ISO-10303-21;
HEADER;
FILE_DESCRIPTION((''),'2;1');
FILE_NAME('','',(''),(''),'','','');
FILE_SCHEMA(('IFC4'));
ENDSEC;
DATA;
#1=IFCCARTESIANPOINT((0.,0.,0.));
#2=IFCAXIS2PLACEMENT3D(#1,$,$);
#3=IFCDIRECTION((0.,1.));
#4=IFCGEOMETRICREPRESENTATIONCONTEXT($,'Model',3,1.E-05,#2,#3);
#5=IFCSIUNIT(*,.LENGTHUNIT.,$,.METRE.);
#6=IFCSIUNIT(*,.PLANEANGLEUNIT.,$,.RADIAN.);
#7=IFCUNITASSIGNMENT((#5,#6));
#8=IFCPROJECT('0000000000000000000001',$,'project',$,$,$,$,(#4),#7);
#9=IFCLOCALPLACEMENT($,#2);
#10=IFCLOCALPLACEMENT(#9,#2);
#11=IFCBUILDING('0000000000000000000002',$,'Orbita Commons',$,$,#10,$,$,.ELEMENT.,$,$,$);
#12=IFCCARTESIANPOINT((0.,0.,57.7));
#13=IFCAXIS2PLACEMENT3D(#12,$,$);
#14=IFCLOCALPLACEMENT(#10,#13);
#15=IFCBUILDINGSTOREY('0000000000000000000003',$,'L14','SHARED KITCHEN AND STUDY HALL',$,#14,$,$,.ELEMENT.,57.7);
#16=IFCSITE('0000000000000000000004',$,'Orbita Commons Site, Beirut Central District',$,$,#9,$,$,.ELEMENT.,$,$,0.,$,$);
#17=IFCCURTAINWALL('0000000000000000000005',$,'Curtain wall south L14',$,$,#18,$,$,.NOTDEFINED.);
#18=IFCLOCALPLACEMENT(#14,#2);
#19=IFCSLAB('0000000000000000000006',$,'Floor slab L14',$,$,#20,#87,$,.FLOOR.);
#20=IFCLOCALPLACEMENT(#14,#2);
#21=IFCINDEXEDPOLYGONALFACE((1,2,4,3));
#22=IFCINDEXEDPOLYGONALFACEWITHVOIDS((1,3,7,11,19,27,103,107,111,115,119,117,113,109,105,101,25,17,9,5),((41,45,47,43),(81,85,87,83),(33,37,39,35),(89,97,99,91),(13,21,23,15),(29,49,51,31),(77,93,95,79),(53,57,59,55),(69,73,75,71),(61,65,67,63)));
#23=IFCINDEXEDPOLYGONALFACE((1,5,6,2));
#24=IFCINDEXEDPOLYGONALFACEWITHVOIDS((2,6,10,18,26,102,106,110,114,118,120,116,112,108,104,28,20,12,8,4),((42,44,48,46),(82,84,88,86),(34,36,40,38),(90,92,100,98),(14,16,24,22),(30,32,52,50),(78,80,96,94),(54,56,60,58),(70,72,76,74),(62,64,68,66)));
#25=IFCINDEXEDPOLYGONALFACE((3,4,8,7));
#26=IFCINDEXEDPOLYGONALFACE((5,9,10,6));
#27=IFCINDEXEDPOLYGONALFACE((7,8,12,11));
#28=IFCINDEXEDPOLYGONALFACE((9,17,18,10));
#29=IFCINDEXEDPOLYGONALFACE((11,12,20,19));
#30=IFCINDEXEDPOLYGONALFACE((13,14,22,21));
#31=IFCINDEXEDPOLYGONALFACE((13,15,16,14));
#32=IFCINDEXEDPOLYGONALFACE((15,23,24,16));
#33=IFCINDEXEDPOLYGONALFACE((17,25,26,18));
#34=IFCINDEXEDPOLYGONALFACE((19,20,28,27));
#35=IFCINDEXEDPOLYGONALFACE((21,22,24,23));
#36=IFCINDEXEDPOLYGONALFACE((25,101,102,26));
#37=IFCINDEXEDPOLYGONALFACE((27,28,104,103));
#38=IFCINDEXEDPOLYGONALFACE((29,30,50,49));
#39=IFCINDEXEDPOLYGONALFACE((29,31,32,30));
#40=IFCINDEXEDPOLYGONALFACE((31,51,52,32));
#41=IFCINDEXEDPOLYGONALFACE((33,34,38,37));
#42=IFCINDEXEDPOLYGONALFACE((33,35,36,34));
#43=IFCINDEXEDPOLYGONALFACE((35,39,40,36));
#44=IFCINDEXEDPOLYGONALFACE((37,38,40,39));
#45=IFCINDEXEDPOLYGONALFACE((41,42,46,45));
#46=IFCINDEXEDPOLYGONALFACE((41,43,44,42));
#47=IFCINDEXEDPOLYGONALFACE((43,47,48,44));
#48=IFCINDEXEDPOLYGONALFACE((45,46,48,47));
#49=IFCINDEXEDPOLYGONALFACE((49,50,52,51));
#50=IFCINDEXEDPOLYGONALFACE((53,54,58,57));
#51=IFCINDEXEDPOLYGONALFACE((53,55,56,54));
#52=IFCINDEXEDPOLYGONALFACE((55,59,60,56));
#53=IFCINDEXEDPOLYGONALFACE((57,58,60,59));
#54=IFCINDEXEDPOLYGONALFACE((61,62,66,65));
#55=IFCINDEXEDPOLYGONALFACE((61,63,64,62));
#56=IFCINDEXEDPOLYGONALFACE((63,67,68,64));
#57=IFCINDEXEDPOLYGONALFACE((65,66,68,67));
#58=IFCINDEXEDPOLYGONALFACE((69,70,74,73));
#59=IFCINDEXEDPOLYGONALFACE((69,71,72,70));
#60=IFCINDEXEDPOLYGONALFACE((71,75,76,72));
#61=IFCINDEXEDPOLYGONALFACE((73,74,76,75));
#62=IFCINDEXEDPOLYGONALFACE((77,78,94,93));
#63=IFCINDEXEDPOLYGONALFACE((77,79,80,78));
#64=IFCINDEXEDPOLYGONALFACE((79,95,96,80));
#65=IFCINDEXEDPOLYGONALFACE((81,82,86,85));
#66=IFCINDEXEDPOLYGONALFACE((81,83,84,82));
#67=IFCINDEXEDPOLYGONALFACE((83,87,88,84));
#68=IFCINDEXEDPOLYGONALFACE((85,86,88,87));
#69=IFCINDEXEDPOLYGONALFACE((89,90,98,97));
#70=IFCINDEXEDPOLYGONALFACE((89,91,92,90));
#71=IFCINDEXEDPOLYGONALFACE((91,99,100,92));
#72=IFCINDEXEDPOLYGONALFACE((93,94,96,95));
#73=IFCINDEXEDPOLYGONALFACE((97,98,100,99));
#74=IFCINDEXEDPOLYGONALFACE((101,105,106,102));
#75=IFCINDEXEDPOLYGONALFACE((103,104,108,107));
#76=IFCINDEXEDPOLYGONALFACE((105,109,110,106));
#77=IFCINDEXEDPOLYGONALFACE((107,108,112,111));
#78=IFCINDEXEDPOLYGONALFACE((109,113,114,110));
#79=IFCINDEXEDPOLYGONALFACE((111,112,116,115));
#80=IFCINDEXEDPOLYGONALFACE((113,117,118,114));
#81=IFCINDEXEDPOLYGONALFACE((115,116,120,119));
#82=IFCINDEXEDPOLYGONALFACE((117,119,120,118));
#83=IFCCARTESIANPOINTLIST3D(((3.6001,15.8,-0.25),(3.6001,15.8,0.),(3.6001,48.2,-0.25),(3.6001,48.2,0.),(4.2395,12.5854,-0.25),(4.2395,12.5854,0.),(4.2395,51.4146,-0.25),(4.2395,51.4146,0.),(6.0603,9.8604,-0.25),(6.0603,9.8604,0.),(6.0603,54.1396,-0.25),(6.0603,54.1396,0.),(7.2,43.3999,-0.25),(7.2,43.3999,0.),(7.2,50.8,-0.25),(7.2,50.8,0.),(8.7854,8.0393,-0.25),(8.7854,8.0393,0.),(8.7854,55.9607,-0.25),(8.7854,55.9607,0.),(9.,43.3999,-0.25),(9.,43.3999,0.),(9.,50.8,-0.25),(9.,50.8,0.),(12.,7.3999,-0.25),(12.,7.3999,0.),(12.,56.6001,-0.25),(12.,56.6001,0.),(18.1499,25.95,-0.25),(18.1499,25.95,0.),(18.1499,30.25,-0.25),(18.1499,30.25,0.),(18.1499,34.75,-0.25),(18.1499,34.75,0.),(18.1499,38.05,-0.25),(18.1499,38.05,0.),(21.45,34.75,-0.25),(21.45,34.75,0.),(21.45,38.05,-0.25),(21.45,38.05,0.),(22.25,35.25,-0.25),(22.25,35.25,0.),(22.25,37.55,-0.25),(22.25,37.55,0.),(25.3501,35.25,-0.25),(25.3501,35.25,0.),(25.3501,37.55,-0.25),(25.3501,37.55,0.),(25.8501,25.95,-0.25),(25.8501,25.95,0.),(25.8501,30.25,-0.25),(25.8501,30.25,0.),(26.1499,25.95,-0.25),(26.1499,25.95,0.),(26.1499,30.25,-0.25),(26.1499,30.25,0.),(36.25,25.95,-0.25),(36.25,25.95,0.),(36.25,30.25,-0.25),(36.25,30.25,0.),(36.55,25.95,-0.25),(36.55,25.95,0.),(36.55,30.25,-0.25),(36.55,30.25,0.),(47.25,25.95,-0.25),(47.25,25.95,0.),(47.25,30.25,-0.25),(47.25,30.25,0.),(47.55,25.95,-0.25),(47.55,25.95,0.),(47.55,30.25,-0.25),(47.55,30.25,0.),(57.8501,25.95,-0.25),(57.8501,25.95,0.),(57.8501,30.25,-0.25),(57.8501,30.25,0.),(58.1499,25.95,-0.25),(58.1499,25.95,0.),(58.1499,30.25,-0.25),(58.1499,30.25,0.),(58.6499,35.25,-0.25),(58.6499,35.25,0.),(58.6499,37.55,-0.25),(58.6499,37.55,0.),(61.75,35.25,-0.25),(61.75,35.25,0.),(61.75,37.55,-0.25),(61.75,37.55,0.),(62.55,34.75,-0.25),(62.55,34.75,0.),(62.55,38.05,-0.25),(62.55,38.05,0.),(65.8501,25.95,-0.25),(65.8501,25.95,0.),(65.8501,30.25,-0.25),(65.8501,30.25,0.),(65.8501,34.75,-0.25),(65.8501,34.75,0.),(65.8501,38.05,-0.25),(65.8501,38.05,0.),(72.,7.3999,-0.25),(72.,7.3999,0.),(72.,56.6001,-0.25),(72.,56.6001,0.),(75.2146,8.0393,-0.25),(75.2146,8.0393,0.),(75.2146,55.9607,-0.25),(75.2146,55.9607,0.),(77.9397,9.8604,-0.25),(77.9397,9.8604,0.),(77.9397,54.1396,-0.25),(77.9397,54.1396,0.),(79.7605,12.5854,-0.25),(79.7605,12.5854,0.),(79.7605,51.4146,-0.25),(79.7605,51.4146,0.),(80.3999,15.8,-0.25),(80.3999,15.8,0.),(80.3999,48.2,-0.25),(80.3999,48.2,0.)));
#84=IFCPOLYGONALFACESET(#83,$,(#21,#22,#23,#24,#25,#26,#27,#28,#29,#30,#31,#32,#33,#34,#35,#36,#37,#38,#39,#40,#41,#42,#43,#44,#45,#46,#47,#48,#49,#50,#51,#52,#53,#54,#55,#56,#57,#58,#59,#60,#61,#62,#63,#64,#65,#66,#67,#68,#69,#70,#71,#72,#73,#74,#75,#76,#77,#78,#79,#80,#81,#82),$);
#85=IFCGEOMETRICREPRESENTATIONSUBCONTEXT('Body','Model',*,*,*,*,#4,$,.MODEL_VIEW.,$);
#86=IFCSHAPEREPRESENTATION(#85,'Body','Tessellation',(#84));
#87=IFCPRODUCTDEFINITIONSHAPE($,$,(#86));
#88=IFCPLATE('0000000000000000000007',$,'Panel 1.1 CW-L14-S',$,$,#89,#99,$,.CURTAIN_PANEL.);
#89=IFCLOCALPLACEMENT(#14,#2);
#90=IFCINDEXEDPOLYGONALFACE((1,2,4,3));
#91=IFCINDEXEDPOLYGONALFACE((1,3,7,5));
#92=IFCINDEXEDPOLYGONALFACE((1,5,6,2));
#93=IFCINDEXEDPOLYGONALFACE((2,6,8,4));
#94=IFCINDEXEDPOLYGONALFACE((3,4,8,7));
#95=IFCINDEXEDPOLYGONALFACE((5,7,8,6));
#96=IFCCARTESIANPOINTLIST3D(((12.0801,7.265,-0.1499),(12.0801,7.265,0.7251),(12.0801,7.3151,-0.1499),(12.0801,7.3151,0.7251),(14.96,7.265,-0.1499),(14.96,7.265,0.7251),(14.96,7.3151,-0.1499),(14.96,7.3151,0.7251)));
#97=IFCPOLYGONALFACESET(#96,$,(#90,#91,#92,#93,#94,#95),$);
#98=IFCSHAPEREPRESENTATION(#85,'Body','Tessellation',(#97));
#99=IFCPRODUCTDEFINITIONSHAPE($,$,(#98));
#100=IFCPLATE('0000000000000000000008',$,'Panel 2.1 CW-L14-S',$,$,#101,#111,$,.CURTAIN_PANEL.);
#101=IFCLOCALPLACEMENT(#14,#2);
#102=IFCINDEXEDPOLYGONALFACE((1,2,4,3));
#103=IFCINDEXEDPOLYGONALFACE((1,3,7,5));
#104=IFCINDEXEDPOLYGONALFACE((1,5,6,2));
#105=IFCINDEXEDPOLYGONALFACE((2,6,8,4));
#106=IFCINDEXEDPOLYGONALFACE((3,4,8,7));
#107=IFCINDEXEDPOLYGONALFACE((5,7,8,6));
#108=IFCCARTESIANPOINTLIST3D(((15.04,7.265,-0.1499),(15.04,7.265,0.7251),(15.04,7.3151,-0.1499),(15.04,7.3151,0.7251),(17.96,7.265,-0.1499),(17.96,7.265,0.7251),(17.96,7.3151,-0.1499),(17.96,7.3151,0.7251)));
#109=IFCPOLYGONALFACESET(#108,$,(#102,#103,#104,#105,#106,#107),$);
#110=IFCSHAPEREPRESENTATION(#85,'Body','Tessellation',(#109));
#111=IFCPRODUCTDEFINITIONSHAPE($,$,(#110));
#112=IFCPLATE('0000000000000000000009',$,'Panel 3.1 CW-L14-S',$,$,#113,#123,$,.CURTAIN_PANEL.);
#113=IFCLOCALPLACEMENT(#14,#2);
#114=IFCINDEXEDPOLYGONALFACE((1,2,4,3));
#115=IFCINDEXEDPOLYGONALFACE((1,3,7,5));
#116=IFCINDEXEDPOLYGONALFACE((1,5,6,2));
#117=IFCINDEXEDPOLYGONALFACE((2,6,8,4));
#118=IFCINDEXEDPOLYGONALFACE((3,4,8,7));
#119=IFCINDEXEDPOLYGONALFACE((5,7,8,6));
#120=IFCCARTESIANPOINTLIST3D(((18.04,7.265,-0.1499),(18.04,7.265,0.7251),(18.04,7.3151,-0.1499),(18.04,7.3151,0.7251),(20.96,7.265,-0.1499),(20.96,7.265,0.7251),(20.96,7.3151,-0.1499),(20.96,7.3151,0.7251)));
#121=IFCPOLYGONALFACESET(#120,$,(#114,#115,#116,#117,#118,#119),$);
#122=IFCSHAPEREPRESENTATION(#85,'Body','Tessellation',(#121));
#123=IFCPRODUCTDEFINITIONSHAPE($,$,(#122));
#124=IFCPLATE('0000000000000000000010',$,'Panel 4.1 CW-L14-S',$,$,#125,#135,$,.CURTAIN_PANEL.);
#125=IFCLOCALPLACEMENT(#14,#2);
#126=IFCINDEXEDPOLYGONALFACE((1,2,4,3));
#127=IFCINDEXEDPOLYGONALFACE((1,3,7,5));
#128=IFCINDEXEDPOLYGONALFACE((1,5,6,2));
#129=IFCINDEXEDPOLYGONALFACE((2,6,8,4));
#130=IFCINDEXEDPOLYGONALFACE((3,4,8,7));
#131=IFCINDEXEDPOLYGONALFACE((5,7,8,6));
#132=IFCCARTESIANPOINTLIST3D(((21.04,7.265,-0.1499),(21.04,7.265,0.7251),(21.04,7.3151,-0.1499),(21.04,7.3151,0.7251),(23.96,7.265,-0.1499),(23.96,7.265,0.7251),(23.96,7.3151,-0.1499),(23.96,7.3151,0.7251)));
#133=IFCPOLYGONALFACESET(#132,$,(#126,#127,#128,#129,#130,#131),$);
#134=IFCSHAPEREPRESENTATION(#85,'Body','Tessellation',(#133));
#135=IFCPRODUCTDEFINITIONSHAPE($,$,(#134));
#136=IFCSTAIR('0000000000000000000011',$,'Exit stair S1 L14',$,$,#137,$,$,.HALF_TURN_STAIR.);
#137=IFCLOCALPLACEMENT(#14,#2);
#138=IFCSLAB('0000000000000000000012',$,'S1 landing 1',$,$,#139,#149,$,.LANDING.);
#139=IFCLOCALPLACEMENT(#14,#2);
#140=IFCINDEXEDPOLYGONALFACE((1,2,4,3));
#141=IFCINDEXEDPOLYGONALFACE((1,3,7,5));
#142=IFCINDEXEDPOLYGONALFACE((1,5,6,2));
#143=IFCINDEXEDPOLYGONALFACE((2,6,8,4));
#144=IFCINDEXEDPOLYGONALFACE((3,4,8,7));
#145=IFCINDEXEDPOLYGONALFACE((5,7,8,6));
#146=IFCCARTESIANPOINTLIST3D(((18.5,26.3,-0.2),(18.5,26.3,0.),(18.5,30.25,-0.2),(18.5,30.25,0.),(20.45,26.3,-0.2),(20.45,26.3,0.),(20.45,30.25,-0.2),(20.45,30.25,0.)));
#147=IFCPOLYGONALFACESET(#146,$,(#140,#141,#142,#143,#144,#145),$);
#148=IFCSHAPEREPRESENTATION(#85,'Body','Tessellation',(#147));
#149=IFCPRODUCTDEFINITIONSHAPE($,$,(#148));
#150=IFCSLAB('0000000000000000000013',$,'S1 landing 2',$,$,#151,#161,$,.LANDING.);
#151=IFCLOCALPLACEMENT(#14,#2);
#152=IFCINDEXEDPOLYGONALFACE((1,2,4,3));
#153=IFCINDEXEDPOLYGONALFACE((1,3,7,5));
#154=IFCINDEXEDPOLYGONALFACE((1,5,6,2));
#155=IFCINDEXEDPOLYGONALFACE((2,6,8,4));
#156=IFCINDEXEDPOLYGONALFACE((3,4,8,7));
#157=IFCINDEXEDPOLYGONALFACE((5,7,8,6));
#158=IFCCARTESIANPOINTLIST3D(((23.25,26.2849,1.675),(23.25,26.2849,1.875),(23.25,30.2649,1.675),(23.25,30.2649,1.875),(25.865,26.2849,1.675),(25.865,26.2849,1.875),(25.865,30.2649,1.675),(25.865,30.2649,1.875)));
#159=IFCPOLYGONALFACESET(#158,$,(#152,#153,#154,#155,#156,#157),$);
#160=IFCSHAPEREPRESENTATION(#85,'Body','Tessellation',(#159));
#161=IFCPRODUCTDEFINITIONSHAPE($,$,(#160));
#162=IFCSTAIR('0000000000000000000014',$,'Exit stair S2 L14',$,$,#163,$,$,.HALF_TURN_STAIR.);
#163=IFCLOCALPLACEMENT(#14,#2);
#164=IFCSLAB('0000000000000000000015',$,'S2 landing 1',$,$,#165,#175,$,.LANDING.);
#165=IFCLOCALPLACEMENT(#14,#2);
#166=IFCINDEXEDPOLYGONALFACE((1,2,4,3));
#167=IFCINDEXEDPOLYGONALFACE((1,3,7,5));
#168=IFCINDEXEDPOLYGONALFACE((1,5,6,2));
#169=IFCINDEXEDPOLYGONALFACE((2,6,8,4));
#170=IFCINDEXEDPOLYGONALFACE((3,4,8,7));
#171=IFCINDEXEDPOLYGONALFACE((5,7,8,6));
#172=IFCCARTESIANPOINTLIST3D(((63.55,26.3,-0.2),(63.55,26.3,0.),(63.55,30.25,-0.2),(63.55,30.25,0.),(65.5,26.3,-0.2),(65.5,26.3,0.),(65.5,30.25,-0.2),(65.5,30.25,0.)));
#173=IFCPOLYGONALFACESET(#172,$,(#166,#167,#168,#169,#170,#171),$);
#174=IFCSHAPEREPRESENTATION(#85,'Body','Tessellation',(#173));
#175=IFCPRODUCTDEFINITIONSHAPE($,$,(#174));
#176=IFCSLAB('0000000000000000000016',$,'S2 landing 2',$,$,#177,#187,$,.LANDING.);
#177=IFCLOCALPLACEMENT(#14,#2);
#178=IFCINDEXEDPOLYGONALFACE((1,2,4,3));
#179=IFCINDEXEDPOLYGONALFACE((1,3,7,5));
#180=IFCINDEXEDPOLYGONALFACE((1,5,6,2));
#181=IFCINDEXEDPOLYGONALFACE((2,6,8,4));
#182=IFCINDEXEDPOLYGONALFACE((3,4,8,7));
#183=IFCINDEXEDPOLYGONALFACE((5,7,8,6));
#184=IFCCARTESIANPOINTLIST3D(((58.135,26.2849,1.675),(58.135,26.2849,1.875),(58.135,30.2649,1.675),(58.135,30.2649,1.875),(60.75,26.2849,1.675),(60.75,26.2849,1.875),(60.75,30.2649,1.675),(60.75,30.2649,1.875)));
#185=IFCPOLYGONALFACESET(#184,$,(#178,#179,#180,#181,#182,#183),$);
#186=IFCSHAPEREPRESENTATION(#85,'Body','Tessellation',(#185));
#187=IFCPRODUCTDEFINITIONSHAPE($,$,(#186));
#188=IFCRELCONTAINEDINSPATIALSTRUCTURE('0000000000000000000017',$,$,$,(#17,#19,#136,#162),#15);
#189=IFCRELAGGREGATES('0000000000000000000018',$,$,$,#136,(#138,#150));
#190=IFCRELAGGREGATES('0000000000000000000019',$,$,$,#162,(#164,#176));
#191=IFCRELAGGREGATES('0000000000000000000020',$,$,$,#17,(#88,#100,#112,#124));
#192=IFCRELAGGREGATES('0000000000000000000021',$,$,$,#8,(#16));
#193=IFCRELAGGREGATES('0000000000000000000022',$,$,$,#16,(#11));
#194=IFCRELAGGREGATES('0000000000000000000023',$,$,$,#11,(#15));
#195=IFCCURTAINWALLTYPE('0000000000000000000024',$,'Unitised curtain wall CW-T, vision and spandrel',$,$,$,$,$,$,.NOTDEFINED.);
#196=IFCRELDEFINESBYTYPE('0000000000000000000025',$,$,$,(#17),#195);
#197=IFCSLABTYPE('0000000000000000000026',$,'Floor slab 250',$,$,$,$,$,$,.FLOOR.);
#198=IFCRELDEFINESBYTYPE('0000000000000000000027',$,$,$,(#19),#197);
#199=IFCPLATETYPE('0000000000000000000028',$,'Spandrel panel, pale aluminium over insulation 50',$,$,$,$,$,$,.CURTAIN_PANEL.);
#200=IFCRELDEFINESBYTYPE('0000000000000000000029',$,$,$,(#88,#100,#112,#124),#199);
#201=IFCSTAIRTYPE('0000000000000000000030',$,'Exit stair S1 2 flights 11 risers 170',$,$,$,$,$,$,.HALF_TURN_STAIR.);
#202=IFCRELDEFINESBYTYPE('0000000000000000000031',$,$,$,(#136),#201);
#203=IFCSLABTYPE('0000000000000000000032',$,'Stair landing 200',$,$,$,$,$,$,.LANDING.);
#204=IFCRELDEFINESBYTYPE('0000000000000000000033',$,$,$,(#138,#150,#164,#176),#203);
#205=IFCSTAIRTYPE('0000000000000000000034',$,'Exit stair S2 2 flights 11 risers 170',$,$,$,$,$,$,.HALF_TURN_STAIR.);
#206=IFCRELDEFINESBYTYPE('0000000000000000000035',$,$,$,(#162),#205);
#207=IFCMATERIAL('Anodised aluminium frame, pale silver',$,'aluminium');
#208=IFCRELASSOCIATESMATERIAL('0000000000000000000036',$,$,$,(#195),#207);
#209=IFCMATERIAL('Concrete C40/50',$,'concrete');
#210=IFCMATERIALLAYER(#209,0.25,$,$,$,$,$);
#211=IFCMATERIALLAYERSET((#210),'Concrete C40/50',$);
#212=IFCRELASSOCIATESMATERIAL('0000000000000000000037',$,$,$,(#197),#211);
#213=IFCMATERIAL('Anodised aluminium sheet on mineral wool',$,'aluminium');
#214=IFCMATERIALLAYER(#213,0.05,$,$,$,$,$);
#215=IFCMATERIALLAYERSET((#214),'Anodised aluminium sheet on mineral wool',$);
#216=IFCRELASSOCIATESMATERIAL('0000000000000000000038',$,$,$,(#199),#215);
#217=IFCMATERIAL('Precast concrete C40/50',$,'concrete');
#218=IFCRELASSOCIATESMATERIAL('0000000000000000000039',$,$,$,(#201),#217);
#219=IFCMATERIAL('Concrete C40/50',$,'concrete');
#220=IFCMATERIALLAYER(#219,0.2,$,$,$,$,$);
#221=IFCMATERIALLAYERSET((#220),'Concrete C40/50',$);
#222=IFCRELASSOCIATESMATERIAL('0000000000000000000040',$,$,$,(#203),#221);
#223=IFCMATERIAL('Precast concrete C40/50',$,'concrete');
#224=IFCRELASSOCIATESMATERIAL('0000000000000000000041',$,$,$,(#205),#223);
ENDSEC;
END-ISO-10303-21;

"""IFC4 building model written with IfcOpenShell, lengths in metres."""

from ifc_helpers import new_model, si_unit, direction, frame, origin, origin_2d, place, context, subcontext, project, spatial, polyline, rectangle, outline, extrude, material, layer, layer_set, type_object, element, aggregate, save


model = new_model("IFC4")

# Units and contexts
model_context = context("Model", 3, precision=1e-05, world=origin(), true_north=direction((0.0, 1.0)))
body_context = subcontext(model_context, "Body", "Model", "MODEL_VIEW")
ifc_project = project(units=[si_unit("LENGTHUNIT", "METRE"), si_unit("PLANEANGLEUNIT", "RADIAN")], contexts=[model_context])

# Site, building, storey
site_placement = place(None, origin())
site = spatial("IfcSite", under=ifc_project, at=site_placement, Name="Orbita Commons Site, Beirut Central District", CompositionType="ELEMENT", RefElevation=0.0)
building_placement = place(site_placement, origin())
building = spatial("IfcBuilding", under=site, at=building_placement, Name="Orbita Commons", CompositionType="ELEMENT")
storey_placement = place(building_placement, frame((0.0, 0.0, 57.7)))
storey = spatial("IfcBuildingStorey", under=building, at=storey_placement, Name="L14", Description="SHARED KITCHEN AND STUDY HALL", CompositionType="ELEMENT", Elevation=57.7)

# Curtain wall
ifc_material_1 = material(Name="Anodised aluminium frame, pale silver", Category="aluminium")
curtain_wall_type = type_object("IfcCurtainWallType", Name="Unitised curtain wall CW-T, vision and spandrel", PredefinedType="NOTDEFINED", material=ifc_material_1)
curtain_wall_placement = place(storey_placement, origin())
curtain_wall = element("IfcCurtainWall", 1, at=curtain_wall_placement, inside=storey, type_object=curtain_wall_type, Name="Curtain wall south L14", PredefinedType="NOTDEFINED")

# Slab
ifc_material_2 = material(Name="Concrete C40/50", Category="concrete")
ifc_layer_1 = layer(ifc_material_2, 0.25)
ifc_layer_set_1 = layer_set([ifc_layer_1], Name="Concrete C40/50")
slab_type_1 = type_object("IfcSlabType", Name="Floor slab 250", PredefinedType="FLOOR", material=ifc_layer_set_1)
slab_1_placement = place(storey_placement, frame((0.0, 0.0, -0.25)))
element("IfcSlab", 2, at=slab_1_placement, inside=storey, type_object=slab_type_1, Name="Floor slab L14", PredefinedType="FLOOR", context=body_context, shape_type="SweptSolid", body=[
    extrude(outline(polyline([(72.0, 7.3999), (75.2146, 8.0393), (77.9397, 9.8604), (79.7605, 12.5854), (80.3999, 15.8), (80.3999, 48.2), (79.7605, 51.4146), (77.9397, 54.1396), (75.2146, 55.9607), (72.0, 56.6001), (12.0, 56.6001), (8.7854, 55.9607), (6.0603, 54.1396), (4.2395, 51.4146), (3.6001, 48.2), (3.6001, 15.8), (4.2395, 12.5854), (6.0603, 9.8604), (8.7854, 8.0393), (12.0, 7.3999), (72.0, 7.3999)]), holes=[polyline([(18.1499, 25.95), (25.8501, 25.95), (25.8501, 30.25), (18.1499, 30.25), (18.1499, 25.95)]), polyline([(58.1499, 25.95), (65.8501, 25.95), (65.8501, 30.25), (58.1499, 30.25), (58.1499, 25.95)]), polyline([(18.1499, 34.75), (21.45, 34.75), (21.45, 38.05), (18.1499, 38.05), (18.1499, 34.75)]), polyline([(62.55, 34.75), (65.8501, 34.75), (65.8501, 38.05), (62.55, 38.05), (62.55, 34.75)]), polyline([(22.25, 35.25), (25.3501, 35.25), (25.3501, 37.55), (22.25, 37.55), (22.25, 35.25)]), polyline([(58.6499, 35.25), (61.75, 35.25), (61.75, 37.55), (58.6499, 37.55), (58.6499, 35.25)]), polyline([(26.1499, 25.95), (36.25, 25.95), (36.25, 30.25), (26.1499, 30.25), (26.1499, 25.95)]), polyline([(36.55, 25.95), (47.25, 25.95), (47.25, 30.25), (36.55, 30.25), (36.55, 25.95)]), polyline([(47.55, 25.95), (57.8501, 25.95), (57.8501, 30.25), (47.55, 30.25), (47.55, 25.95)]), polyline([(7.2, 43.3999), (9.0, 43.3999), (9.0, 50.8), (7.2, 50.8), (7.2, 43.3999)])]), origin(), (0.0, 0.0, 1.0), 0.25),
])

# Plates
ifc_material_3 = material(Name="Anodised aluminium sheet on mineral wool", Category="aluminium")
ifc_layer_2 = layer(ifc_material_3, 0.05)
ifc_layer_set_2 = layer_set([ifc_layer_2], Name="Anodised aluminium sheet on mineral wool")
plate_type_1 = type_object("IfcPlateType", Name="Spandrel panel, pale aluminium over insulation 50", PredefinedType="CURTAIN_PANEL", material=ifc_layer_set_2)
plate_1_placement = place(storey_placement, frame((13.52, 7.29, -0.1499), z_axis=(0.0, 0.0, 1.0), x_axis=(1.0, 0.0, 0.0)))
plate_1 = element("IfcPlate", 3, at=plate_1_placement, type_object=plate_type_1, Name="Panel 1.1 CW-L14-S", PredefinedType="CURTAIN_PANEL", context=body_context, shape_type="SweptSolid", body=[
    extrude(rectangle(XDim=2.8799, YDim=0.05, at=origin_2d()), origin(), (0.0, 0.0, 1.0), 0.875),
])
plate_2_placement = place(storey_placement, frame((16.5, 7.29, -0.1499), z_axis=(0.0, 0.0, 1.0), x_axis=(1.0, 0.0, 0.0)))
plate_2 = element("IfcPlate", 4, at=plate_2_placement, type_object=plate_type_1, Name="Panel 2.1 CW-L14-S", PredefinedType="CURTAIN_PANEL", context=body_context, shape_type="SweptSolid", body=[
    extrude(rectangle(XDim=2.9199, YDim=0.05, at=origin_2d()), origin(), (0.0, 0.0, 1.0), 0.875),
])
plate_3_placement = place(storey_placement, frame((19.5, 7.29, -0.1499), z_axis=(0.0, 0.0, 1.0), x_axis=(1.0, 0.0, 0.0)))
plate_3 = element("IfcPlate", 5, at=plate_3_placement, type_object=plate_type_1, Name="Panel 3.1 CW-L14-S", PredefinedType="CURTAIN_PANEL", context=body_context, shape_type="SweptSolid", body=[
    extrude(rectangle(XDim=2.9199, YDim=0.05, at=origin_2d()), origin(), (0.0, 0.0, 1.0), 0.875),
])
plate_4_placement = place(storey_placement, frame((22.5, 7.29, -0.1499), z_axis=(0.0, 0.0, 1.0), x_axis=(1.0, 0.0, 0.0)))
plate_4 = element("IfcPlate", 6, at=plate_4_placement, type_object=plate_type_1, Name="Panel 4.1 CW-L14-S", PredefinedType="CURTAIN_PANEL", context=body_context, shape_type="SweptSolid", body=[
    extrude(rectangle(XDim=2.9199, YDim=0.05, at=origin_2d()), origin(), (0.0, 0.0, 1.0), 0.875),
])

# Stairs, slabs
ifc_material_4 = material(Name="Precast concrete C40/50", Category="concrete")
stair_type_1 = type_object("IfcStairType", Name="Exit stair S1 2 flights 11 risers 170", PredefinedType="HALF_TURN_STAIR", material=ifc_material_4)
stair_1_placement = place(storey_placement, origin())
stair_1 = element("IfcStair", 7, at=stair_1_placement, inside=storey, type_object=stair_type_1, Name="Exit stair S1 L14", PredefinedType="HALF_TURN_STAIR")
ifc_material_5 = material(Name="Concrete C40/50", Category="concrete")
ifc_layer_3 = layer(ifc_material_5, 0.2)
ifc_layer_set_3 = layer_set([ifc_layer_3], Name="Concrete C40/50")
slab_type_2 = type_object("IfcSlabType", Name="Stair landing 200", PredefinedType="LANDING", material=ifc_layer_set_3)
slab_2_placement = place(storey_placement, frame((0.0, 0.0, -0.2)))
slab_2 = element("IfcSlab", 8, at=slab_2_placement, type_object=slab_type_2, Name="S1 landing 1", PredefinedType="LANDING", context=body_context, shape_type="SweptSolid", body=[
    extrude(outline(polyline([(18.5, 26.3), (20.45, 26.3), (20.45, 30.25), (18.5, 30.25), (18.5, 26.3)])), origin(), (0.0, 0.0, 1.0), 0.2),
])
slab_3_placement = place(storey_placement, frame((0.0, 0.0, 1.675)))
slab_3 = element("IfcSlab", 9, at=slab_3_placement, type_object=slab_type_2, Name="S1 landing 2", PredefinedType="LANDING", context=body_context, shape_type="SweptSolid", body=[
    extrude(outline(polyline([(23.25, 26.2849), (25.865, 26.2849), (25.865, 30.2649), (23.25, 30.2649), (23.25, 26.2849)])), origin(), (0.0, 0.0, 1.0), 0.2),
])
aggregate(stair_1, [slab_2, slab_3])
ifc_material_6 = material(Name="Precast concrete C40/50", Category="concrete")
stair_type_2 = type_object("IfcStairType", Name="Exit stair S2 2 flights 11 risers 170", PredefinedType="HALF_TURN_STAIR", material=ifc_material_6)
stair_2_placement = place(storey_placement, origin())
stair_2 = element("IfcStair", 10, at=stair_2_placement, inside=storey, type_object=stair_type_2, Name="Exit stair S2 L14", PredefinedType="HALF_TURN_STAIR")
slab_4_placement = place(storey_placement, frame((0.0, 0.0, -0.2)))
slab_4 = element("IfcSlab", 11, at=slab_4_placement, type_object=slab_type_2, Name="S2 landing 1", PredefinedType="LANDING", context=body_context, shape_type="SweptSolid", body=[
    extrude(outline(polyline([(63.55, 26.3), (65.5, 26.3), (65.5, 30.25), (63.55, 30.25), (63.55, 26.3)])), origin(), (0.0, 0.0, 1.0), 0.2),
])
slab_5_placement = place(storey_placement, frame((0.0, 0.0, 1.675)))
slab_5 = element("IfcSlab", 12, at=slab_5_placement, type_object=slab_type_2, Name="S2 landing 2", PredefinedType="LANDING", context=body_context, shape_type="SweptSolid", body=[
    extrude(outline(polyline([(58.135, 26.2849), (60.75, 26.2849), (60.75, 30.2649), (58.135, 30.2649), (58.135, 26.2849)])), origin(), (0.0, 0.0, 1.0), 0.2),
])
aggregate(stair_2, [slab_4, slab_5])

aggregate(curtain_wall, [plate_1, plate_2, plate_3, plate_4])

save(model, "model.ifc")
